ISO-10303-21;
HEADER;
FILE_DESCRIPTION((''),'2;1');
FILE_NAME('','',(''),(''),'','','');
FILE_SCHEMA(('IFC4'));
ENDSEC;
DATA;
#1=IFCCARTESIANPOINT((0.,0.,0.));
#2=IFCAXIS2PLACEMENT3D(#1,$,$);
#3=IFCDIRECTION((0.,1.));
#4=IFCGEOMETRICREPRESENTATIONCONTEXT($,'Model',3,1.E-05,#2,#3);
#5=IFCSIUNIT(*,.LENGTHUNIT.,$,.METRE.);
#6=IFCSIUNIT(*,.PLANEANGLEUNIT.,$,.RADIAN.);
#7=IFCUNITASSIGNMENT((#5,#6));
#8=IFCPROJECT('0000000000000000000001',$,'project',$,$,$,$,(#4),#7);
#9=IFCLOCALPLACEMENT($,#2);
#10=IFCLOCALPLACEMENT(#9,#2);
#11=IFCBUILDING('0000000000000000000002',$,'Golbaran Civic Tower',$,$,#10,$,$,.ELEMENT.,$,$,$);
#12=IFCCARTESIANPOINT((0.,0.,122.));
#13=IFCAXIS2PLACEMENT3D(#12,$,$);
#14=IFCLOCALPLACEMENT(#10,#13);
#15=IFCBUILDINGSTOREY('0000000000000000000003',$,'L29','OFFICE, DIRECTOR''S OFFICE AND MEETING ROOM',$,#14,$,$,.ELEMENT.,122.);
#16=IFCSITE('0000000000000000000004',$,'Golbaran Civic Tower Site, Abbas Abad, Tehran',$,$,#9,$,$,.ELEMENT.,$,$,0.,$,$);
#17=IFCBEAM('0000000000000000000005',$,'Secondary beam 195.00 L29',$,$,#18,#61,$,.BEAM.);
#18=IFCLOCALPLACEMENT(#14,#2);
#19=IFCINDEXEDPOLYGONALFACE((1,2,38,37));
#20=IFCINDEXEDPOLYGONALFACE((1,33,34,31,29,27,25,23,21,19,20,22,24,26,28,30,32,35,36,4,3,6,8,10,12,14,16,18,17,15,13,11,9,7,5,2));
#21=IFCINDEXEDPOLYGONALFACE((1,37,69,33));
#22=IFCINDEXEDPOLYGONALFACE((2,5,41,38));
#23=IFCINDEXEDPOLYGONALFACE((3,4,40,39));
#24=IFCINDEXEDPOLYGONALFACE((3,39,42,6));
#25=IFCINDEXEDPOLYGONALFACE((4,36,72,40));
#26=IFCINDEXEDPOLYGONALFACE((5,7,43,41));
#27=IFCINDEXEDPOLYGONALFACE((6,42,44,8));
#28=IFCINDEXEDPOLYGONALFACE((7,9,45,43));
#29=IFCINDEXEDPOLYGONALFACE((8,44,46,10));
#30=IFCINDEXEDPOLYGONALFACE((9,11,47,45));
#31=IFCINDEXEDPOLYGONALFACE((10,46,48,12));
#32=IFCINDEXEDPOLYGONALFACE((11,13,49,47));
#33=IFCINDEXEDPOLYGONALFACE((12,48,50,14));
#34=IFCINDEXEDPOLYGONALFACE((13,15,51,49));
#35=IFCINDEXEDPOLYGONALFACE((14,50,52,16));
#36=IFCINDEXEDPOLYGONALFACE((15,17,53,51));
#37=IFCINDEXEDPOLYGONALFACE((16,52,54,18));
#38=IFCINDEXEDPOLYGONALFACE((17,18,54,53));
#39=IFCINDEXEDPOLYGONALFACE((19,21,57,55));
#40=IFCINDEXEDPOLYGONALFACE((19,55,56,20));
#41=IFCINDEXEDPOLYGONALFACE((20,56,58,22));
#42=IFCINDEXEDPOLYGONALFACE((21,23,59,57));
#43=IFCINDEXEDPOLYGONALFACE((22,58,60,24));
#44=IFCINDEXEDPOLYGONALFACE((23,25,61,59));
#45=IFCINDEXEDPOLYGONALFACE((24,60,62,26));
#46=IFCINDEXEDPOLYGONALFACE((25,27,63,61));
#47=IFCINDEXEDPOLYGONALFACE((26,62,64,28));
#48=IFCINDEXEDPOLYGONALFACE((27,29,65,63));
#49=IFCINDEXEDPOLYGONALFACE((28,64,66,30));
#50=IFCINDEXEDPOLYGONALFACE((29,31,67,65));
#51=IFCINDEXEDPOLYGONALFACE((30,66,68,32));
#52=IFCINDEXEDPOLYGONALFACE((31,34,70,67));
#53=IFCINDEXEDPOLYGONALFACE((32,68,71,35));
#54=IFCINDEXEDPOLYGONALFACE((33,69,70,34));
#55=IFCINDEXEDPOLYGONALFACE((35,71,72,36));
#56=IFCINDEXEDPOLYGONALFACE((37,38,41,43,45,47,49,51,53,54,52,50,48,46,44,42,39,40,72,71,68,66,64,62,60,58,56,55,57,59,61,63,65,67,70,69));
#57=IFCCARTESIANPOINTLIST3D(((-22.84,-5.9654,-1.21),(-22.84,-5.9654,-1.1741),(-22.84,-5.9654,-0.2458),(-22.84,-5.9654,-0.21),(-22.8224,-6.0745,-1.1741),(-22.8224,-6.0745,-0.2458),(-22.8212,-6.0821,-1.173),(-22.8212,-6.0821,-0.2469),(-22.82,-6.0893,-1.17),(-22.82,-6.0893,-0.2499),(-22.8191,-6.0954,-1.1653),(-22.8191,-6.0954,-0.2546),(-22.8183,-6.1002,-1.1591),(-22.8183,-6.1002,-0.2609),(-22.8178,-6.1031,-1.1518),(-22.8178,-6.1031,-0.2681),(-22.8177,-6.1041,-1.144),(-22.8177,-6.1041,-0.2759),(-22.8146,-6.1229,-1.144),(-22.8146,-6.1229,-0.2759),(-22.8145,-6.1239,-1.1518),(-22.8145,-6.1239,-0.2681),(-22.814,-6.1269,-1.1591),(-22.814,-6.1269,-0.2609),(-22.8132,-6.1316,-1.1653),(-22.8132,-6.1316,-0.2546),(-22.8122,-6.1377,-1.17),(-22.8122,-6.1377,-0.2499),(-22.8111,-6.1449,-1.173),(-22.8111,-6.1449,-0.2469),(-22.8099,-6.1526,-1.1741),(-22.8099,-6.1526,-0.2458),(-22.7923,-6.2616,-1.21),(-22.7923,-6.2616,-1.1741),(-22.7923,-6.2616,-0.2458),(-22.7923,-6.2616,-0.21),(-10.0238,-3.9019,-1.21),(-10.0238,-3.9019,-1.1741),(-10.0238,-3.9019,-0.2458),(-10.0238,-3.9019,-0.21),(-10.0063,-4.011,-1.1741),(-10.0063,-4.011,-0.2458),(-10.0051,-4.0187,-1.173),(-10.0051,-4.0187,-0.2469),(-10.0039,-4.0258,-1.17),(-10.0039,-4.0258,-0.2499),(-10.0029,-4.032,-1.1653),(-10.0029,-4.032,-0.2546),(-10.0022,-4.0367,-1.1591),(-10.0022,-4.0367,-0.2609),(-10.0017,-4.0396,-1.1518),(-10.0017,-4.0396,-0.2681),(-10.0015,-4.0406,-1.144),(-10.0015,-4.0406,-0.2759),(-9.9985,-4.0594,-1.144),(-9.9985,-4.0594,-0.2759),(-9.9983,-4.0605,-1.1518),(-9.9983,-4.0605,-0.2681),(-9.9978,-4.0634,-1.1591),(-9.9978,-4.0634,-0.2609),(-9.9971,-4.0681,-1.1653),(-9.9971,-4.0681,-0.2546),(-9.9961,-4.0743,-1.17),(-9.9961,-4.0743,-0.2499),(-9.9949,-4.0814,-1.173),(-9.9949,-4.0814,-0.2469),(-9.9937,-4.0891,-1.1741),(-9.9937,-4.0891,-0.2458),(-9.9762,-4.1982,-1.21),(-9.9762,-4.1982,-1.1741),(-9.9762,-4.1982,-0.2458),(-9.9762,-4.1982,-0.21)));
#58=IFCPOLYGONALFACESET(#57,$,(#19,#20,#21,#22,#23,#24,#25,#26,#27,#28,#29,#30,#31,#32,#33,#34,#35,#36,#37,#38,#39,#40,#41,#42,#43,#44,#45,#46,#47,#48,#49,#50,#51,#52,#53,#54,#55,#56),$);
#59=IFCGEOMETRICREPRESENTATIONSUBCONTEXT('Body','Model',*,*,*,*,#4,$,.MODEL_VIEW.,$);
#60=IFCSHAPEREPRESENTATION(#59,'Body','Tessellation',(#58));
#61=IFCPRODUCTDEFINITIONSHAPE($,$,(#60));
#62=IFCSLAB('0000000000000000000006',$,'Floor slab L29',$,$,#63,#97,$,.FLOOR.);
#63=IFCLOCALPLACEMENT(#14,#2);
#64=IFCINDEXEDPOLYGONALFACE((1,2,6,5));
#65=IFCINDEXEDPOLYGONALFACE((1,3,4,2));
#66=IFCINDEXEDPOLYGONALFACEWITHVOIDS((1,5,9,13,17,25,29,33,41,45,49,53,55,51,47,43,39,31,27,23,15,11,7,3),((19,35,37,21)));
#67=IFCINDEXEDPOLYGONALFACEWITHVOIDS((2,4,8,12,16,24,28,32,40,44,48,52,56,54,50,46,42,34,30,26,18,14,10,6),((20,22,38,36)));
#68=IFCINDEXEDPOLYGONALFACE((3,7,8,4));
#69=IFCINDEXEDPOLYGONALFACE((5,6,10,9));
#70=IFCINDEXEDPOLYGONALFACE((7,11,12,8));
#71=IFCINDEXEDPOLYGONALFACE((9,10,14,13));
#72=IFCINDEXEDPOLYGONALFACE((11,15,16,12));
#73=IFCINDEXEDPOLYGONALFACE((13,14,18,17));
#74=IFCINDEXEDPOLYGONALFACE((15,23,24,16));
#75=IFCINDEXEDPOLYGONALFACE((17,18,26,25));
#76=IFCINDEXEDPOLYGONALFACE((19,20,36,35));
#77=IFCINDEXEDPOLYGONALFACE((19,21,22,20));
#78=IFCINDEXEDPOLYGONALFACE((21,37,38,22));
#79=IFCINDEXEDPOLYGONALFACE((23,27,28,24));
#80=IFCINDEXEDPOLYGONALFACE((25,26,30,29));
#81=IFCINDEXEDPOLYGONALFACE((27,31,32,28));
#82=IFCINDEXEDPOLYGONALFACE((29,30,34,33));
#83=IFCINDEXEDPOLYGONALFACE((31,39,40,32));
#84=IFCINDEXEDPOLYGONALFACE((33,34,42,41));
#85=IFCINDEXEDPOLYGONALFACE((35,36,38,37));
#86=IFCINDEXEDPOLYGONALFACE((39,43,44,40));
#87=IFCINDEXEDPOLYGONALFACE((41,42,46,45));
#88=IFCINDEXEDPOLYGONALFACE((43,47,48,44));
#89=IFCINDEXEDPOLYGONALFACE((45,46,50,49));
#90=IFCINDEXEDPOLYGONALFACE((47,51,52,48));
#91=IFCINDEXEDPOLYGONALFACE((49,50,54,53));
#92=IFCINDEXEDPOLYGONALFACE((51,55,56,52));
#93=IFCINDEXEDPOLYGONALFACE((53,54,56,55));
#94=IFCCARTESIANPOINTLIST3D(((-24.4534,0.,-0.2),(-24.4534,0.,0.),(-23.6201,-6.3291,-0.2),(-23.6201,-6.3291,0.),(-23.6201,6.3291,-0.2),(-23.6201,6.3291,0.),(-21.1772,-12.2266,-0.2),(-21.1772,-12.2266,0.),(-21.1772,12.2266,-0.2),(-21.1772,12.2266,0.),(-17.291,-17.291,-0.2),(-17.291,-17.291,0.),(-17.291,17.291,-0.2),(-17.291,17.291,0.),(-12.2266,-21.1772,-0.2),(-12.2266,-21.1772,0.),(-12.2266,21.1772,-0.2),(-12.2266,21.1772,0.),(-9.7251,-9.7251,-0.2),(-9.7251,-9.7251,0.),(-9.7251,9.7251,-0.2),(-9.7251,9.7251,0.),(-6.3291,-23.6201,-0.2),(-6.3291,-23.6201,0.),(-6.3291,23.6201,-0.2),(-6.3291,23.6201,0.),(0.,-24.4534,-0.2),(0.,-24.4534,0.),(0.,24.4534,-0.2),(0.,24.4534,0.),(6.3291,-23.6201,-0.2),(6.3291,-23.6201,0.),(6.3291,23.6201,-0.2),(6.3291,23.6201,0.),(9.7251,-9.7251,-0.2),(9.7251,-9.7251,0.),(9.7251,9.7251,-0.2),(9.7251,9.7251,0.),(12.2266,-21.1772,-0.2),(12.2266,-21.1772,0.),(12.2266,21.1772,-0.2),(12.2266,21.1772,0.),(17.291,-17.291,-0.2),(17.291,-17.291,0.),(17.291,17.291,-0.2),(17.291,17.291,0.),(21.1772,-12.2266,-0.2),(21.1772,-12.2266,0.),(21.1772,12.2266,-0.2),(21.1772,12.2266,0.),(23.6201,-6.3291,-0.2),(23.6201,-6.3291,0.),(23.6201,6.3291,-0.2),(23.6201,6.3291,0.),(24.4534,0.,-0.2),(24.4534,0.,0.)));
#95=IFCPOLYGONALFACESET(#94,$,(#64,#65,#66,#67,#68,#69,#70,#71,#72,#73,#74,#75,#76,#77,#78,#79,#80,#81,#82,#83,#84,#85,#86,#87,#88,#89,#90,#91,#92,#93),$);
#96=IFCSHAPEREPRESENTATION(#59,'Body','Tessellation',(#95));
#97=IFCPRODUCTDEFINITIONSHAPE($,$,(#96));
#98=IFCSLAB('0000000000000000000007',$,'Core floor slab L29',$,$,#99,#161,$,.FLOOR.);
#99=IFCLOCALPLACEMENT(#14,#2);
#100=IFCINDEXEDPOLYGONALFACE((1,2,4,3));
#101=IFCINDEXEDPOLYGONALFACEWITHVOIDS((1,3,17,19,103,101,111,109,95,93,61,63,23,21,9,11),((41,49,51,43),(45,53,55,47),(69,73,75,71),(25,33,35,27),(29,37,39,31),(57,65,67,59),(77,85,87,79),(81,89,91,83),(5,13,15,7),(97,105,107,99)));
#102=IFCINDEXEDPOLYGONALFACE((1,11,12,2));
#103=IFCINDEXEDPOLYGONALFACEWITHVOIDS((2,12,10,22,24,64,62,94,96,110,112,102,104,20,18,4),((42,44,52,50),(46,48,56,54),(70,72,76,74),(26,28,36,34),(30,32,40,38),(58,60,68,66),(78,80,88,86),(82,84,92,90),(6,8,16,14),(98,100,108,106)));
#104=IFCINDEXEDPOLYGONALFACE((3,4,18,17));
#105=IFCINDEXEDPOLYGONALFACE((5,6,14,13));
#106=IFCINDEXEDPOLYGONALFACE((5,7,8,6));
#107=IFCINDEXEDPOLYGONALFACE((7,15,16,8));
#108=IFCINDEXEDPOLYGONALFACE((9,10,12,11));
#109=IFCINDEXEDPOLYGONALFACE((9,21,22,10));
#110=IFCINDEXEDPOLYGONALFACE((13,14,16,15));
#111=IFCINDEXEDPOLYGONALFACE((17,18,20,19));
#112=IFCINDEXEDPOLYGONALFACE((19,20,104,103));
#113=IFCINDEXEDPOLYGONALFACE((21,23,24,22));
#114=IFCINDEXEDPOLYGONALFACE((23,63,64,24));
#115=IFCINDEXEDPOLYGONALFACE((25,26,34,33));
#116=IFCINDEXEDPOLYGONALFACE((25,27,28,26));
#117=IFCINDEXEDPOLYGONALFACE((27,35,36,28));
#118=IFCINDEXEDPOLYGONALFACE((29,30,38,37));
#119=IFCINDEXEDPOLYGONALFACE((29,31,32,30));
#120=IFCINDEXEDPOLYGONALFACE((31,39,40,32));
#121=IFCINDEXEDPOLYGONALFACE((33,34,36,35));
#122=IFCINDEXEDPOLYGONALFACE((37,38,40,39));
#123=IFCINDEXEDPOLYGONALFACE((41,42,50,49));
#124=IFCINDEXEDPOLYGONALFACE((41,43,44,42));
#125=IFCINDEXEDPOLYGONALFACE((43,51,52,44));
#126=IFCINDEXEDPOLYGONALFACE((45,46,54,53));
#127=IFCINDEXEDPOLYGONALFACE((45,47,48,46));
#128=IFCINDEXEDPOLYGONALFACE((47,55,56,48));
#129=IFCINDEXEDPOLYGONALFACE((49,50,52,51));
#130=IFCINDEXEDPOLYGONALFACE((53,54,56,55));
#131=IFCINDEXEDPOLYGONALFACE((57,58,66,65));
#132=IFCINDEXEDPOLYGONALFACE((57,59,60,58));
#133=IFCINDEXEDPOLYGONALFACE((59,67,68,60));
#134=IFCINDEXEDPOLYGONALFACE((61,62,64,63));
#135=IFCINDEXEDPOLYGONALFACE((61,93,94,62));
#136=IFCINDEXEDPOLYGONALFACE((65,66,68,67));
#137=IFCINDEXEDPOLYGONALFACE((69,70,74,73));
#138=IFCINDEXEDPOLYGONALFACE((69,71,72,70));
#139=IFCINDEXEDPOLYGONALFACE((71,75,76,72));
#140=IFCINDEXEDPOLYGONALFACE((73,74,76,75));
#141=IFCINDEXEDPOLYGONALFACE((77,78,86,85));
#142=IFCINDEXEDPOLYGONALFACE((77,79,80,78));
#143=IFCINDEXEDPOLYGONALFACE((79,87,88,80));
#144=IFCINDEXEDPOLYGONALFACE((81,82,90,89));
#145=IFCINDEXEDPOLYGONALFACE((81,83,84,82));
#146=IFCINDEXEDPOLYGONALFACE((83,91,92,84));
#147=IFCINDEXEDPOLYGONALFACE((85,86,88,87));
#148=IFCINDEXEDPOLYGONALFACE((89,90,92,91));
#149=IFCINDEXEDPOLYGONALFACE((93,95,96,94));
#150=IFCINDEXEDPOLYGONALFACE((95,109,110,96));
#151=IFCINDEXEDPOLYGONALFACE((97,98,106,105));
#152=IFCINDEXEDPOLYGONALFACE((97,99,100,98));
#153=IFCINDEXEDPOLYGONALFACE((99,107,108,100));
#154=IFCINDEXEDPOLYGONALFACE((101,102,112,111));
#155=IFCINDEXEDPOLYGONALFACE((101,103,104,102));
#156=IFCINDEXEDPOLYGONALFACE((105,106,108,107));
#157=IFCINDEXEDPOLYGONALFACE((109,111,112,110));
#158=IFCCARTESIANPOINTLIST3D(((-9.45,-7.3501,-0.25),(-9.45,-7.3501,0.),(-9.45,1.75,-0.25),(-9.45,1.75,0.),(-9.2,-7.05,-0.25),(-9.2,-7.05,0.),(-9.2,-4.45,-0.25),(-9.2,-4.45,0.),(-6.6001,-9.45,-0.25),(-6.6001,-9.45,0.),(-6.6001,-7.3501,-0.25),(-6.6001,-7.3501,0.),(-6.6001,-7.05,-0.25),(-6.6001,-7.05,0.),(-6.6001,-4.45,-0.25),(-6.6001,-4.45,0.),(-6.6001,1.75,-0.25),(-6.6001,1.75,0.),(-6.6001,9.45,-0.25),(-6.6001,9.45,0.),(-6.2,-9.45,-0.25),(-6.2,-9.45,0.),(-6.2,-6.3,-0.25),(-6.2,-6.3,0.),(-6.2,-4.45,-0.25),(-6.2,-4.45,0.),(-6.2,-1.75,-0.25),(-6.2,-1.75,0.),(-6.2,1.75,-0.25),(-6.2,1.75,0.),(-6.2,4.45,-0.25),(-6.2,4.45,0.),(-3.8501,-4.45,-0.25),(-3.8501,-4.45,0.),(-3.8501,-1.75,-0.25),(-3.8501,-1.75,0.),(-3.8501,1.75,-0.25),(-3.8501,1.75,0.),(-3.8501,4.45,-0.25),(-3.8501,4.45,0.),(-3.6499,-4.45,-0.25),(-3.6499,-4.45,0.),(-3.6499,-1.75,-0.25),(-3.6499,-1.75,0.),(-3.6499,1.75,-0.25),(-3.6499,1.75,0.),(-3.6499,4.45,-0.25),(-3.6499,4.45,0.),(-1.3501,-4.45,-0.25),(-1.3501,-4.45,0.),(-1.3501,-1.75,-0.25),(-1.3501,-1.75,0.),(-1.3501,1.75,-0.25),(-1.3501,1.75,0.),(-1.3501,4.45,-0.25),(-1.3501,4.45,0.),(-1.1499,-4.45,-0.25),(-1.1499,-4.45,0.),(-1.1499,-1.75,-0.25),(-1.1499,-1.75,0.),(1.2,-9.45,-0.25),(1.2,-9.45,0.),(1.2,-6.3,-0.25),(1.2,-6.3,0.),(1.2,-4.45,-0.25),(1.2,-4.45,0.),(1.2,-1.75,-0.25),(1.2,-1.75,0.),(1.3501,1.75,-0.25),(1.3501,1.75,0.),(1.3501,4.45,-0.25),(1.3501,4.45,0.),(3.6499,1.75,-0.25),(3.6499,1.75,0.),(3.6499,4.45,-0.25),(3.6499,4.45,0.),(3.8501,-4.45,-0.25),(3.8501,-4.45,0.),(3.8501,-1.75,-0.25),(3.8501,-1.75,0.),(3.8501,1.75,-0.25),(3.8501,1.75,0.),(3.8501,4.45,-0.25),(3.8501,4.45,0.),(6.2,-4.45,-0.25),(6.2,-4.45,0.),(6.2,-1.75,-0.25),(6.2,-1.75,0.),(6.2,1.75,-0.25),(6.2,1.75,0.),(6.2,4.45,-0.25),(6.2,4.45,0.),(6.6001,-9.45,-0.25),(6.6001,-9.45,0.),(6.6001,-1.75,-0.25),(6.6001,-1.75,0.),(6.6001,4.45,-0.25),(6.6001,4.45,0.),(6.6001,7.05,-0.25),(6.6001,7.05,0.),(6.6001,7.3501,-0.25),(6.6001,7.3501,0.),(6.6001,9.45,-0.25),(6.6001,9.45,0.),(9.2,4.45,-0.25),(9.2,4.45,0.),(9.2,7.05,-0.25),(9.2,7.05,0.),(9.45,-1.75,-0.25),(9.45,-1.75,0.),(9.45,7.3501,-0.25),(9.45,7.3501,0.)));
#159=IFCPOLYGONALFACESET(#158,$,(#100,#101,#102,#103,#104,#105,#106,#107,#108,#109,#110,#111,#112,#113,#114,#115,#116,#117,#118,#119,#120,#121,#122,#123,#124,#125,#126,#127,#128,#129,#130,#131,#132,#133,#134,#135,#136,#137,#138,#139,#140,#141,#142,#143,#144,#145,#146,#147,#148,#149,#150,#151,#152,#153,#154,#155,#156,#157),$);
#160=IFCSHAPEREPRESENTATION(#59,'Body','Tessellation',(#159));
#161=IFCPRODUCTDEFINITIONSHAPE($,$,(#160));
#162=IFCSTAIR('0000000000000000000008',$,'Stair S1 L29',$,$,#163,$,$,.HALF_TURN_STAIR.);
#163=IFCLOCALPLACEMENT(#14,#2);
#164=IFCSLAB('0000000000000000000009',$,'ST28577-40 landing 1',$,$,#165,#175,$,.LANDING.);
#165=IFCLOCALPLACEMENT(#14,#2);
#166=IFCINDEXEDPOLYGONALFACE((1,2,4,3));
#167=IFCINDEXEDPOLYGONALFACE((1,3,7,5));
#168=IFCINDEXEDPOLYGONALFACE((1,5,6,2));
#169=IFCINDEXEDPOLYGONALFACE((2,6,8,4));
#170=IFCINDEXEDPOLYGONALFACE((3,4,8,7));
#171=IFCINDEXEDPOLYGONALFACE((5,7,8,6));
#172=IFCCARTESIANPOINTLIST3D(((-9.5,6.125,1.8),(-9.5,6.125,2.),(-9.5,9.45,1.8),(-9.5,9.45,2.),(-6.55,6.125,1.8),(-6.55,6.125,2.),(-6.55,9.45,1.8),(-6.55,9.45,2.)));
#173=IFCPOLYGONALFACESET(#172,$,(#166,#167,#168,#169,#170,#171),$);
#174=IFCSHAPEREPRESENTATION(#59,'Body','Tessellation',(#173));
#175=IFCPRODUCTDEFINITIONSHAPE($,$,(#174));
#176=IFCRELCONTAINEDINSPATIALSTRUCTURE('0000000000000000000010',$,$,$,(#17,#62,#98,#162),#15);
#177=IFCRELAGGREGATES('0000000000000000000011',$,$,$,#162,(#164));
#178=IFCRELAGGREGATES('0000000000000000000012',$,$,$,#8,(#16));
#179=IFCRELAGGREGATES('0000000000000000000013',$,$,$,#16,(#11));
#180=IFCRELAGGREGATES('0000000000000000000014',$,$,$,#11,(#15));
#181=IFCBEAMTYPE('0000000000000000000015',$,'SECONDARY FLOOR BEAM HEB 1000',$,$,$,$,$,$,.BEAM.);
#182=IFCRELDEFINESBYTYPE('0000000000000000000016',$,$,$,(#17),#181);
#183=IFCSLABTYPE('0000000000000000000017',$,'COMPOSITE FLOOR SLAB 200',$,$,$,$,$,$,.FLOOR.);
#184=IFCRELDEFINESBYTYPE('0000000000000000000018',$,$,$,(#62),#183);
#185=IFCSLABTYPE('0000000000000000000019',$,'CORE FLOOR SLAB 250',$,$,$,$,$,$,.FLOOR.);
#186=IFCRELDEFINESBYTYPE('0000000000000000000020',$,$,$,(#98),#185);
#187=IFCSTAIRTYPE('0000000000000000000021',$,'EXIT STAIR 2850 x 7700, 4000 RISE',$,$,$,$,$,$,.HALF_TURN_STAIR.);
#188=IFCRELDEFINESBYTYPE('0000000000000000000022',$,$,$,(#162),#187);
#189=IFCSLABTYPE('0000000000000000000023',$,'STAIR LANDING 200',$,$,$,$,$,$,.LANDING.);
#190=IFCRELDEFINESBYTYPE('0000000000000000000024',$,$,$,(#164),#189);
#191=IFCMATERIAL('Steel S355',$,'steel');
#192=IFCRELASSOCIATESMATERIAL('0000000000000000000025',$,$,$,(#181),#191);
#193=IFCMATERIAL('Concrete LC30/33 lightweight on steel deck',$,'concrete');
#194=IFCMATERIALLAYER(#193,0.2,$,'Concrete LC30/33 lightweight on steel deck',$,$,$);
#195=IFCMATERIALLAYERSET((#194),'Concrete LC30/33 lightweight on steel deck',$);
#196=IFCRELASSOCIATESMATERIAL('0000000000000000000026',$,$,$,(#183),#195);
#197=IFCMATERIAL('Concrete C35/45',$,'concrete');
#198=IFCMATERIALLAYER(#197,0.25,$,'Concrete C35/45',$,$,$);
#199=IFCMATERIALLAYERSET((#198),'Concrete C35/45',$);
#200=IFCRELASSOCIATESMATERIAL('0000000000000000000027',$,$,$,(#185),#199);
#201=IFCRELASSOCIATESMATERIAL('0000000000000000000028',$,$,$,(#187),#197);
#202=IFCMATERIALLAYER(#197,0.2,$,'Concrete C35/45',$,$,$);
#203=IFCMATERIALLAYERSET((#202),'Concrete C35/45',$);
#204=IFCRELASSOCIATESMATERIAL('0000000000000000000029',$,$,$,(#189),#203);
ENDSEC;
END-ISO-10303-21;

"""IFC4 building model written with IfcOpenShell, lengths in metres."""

from ifc_helpers import new_model, si_unit, direction, frame, origin, origin_2d, place, context, subcontext, project, spatial, polyline, i_section, outline, extrude, material, layer, layer_set, material_profile, profile_set, type_object, element, aggregate, save


model = new_model("IFC4")

# Units and contexts
model_context = context("Model", 3, precision=1e-05, world=origin(), true_north=direction((0.0, 1.0)))
body_context = subcontext(model_context, "Body", "Model", "MODEL_VIEW")
ifc_project = project(units=[si_unit("LENGTHUNIT", "METRE"), si_unit("PLANEANGLEUNIT", "RADIAN")], contexts=[model_context])

# Site, building, storey
site_placement = place(None, origin())
site = spatial("IfcSite", under=ifc_project, at=site_placement, Name="Golbaran Civic Tower Site, Abbas Abad, Tehran", CompositionType="ELEMENT", RefElevation=0.0)
building_placement = place(site_placement, origin())
building = spatial("IfcBuilding", under=site, at=building_placement, Name="Golbaran Civic Tower", CompositionType="ELEMENT")
storey_placement = place(building_placement, frame((0.0, 0.0, 122.0)))
storey = spatial("IfcBuildingStorey", under=building, at=storey_placement, Name="L29", Description="OFFICE, DIRECTOR'S OFFICE AND MEETING ROOM", CompositionType="ELEMENT", Elevation=122.0)

# Beam
ifc_material_1 = material(Name="Steel S355", Category="steel")
ifc_material_profile_1 = material_profile(ifc_material_1, i_section(OverallWidth=0.3, OverallDepth=1.0, WebThickness=0.019, FlangeThickness=0.0359, FilletRadius=0.03, at=origin_2d()), Name="HEB 1000")
ifc_profile_set_1 = profile_set([ifc_material_profile_1], Name="Steel S355")
beam_type_1 = type_object("IfcBeamType", Name="SECONDARY FLOOR BEAM HEB 1000", PredefinedType="BEAM", material=ifc_profile_set_1)
beam_1_placement = place(storey_placement, frame((-10.0, -4.05, -0.71), z_axis=(-0.987285, -0.158959, 0.0), x_axis=(0.158959, -0.987285, 0.0)))
element("IfcBeam", 1, at=beam_1_placement, inside=storey, type_object=beam_type_1, Name="Secondary beam 195.00 L29", PredefinedType="BEAM", context=body_context, shape_type="SweptSolid", body=[
    extrude(i_section(OverallWidth=0.3, OverallDepth=1.0, WebThickness=0.019, FlangeThickness=0.0359, FilletRadius=0.03, at=origin_2d()), origin(), (0.0, 0.0, 1.0), 12.9812),
])

# Slabs
ifc_material_2 = material(Name="Concrete LC30/33 lightweight on steel deck", Category="concrete")
ifc_layer_1 = layer(ifc_material_2, 0.2, Name="Concrete LC30/33 lightweight on steel deck")
ifc_layer_set_1 = layer_set([ifc_layer_1], Name="Concrete LC30/33 lightweight on steel deck")
slab_type_1 = type_object("IfcSlabType", Name="COMPOSITE FLOOR SLAB 200", PredefinedType="FLOOR", material=ifc_layer_set_1)
slab_1_placement = place(storey_placement, frame((0.0, 0.0, -0.2)))
element("IfcSlab", 2, at=slab_1_placement, inside=storey, type_object=slab_type_1, Name="Floor slab L29", PredefinedType="FLOOR", context=body_context, shape_type="SweptSolid", body=[
    extrude(outline(polyline([(21.1772, -12.2266), (17.291, -17.291), (12.2266, -21.1772), (6.3291, -23.6201), (0.0, -24.4534), (-6.3291, -23.6201), (-12.2266, -21.1772), (-17.291, -17.291), (-21.1772, -12.2266), (-23.6201, -6.3291), (-24.4534, 0.0), (-23.6201, 6.3291), (-21.1772, 12.2266), (-17.291, 17.291), (-12.2266, 21.1772), (-6.3291, 23.6201), (0.0, 24.4534), (6.3291, 23.6201), (12.2266, 21.1772), (17.291, 17.291), (21.1772, 12.2266), (23.6201, 6.3291), (24.4534, 0.0), (23.6201, -6.3291), (21.1772, -12.2266)]), holes=[polyline([(-9.7251, 9.7251), (-9.7251, -9.7251), (9.7251, -9.7251), (9.7251, 9.7251), (-9.7251, 9.7251)])]), origin(), (0.0, 0.0, 1.0), 0.2),
])
ifc_material_3 = material(Name="Concrete C35/45", Category="concrete")
ifc_layer_2 = layer(ifc_material_3, 0.25, Name="Concrete C35/45")
ifc_layer_set_2 = layer_set([ifc_layer_2], Name="Concrete C35/45")
slab_type_2 = type_object("IfcSlabType", Name="CORE FLOOR SLAB 250", PredefinedType="FLOOR", material=ifc_layer_set_2)
slab_2_placement = place(storey_placement, frame((0.0, 0.0, -0.25)))
element("IfcSlab", 3, at=slab_2_placement, inside=storey, type_object=slab_type_2, Name="Core floor slab L29", PredefinedType="FLOOR", context=body_context, shape_type="SweptSolid", body=[
    extrude(outline(polyline([(6.6001, -1.75), (6.6001, -9.45), (1.2, -9.45), (1.2, -6.3), (-6.2, -6.3), (-6.2, -9.45), (-6.6001, -9.45), (-6.6001, -7.3501), (-9.45, -7.3501), (-9.45, 1.75), (-6.6001, 1.75), (-6.6001, 9.45), (6.6001, 9.45), (6.6001, 7.3501), (9.45, 7.3501), (9.45, -1.75), (6.6001, -1.75)]), holes=[polyline([(9.2, 7.05), (6.6001, 7.05), (6.6001, 4.45), (9.2, 4.45), (9.2, 7.05)]), polyline([(6.2, -1.75), (3.8501, -1.75), (3.8501, -4.45), (6.2, -4.45), (6.2, -1.75)]), polyline([(6.2, 4.45), (3.8501, 4.45), (3.8501, 1.75), (6.2, 1.75), (6.2, 4.45)]), polyline([(3.6499, 4.45), (1.3501, 4.45), (1.3501, 1.75), (3.6499, 1.75), (3.6499, 4.45)]), polyline([(1.2, -1.75), (-1.1499, -1.75), (-1.1499, -4.45), (1.2, -4.45), (1.2, -1.75)]), polyline([(-1.3501, 4.45), (-3.6499, 4.45), (-3.6499, 1.75), (-1.3501, 1.75), (-1.3501, 4.45)]), polyline([(-1.3501, -1.75), (-3.6499, -1.75), (-3.6499, -4.45), (-1.3501, -4.45), (-1.3501, -1.75)]), polyline([(-3.8501, -1.75), (-6.2, -1.75), (-6.2, -4.45), (-3.8501, -4.45), (-3.8501, -1.75)]), polyline([(-3.8501, 4.45), (-6.2, 4.45), (-6.2, 1.75), (-3.8501, 1.75), (-3.8501, 4.45)]), polyline([(-6.6001, -4.45), (-9.2, -4.45), (-9.2, -7.05), (-6.6001, -7.05), (-6.6001, -4.45)])]), origin(), (0.0, 0.0, 1.0), 0.25),
])

# Stair, slab
stair_type_1 = type_object("IfcStairType", Name="EXIT STAIR 2850 x 7700, 4000 RISE", PredefinedType="HALF_TURN_STAIR", material=ifc_material_3)
stair_1_placement = place(storey_placement, origin())
stair_1 = element("IfcStair", 4, at=stair_1_placement, inside=storey, type_object=stair_type_1, Name="Stair S1 L29", PredefinedType="HALF_TURN_STAIR")
ifc_layer_3 = layer(ifc_material_3, 0.2, Name="Concrete C35/45")
ifc_layer_set_3 = layer_set([ifc_layer_3], Name="Concrete C35/45")
slab_type_3 = type_object("IfcSlabType", Name="STAIR LANDING 200", PredefinedType="LANDING", material=ifc_layer_set_3)
slab_3_placement = place(storey_placement, frame((0.0, 0.0, 1.8)))
slab_3 = element("IfcSlab", 5, at=slab_3_placement, type_object=slab_type_3, Name="ST28577-40 landing 1", PredefinedType="LANDING", context=body_context, shape_type="SweptSolid", body=[
    extrude(outline(polyline([(-9.5, 6.125), (-9.5, 9.45), (-6.55, 9.45), (-6.55, 6.125), (-9.5, 6.125)])), origin(), (0.0, 0.0, 1.0), 0.2),
])
aggregate(stair_1, [slab_3])

save(model, "model.ifc")
